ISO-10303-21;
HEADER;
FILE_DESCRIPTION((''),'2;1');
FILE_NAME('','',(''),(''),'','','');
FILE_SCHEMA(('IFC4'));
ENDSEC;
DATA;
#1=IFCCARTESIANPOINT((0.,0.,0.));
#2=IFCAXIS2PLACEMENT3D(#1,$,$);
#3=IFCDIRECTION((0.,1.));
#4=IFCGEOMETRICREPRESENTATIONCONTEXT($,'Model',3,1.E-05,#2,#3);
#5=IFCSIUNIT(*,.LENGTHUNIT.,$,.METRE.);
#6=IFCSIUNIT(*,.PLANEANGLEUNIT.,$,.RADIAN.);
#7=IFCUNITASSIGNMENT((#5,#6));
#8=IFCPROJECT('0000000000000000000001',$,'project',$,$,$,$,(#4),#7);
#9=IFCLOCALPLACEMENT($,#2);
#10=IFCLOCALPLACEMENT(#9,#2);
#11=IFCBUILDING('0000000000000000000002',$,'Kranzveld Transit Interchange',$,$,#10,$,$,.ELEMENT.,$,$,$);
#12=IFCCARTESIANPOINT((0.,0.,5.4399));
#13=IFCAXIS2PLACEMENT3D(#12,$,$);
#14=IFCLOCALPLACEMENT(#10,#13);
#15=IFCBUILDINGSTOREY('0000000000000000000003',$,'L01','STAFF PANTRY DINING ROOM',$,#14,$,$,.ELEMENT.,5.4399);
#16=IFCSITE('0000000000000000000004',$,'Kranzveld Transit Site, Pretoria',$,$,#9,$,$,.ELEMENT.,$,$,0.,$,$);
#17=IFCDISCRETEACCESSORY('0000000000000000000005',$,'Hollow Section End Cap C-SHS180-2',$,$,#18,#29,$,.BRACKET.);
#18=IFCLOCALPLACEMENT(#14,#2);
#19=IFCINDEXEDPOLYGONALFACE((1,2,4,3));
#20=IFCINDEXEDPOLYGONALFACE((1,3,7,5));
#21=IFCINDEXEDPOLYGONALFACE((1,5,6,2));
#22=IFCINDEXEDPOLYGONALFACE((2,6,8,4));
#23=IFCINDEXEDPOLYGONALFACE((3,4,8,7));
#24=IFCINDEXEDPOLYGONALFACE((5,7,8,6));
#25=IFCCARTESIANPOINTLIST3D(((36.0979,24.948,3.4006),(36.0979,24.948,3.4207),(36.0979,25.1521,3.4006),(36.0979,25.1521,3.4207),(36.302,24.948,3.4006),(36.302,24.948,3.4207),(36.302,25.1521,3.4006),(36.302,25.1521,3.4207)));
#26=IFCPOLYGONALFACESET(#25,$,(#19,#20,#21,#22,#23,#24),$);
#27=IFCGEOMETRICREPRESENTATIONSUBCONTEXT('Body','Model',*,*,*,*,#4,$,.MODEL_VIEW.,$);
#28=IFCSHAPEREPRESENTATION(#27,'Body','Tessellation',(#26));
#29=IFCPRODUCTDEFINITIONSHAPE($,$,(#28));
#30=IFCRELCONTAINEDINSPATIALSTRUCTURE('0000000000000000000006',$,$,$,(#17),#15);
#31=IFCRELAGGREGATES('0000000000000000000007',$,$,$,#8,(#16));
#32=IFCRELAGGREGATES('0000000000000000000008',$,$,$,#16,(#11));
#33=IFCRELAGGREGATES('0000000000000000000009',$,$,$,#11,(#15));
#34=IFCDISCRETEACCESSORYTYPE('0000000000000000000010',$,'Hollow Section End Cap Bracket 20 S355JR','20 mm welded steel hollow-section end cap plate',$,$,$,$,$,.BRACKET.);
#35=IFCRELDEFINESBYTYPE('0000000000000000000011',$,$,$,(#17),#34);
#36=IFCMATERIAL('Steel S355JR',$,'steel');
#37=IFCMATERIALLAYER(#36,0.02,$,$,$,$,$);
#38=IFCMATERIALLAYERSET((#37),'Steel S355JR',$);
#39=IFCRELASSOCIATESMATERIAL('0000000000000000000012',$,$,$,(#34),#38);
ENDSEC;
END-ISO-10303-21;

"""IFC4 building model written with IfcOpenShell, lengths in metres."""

from ifc_helpers import new_model, si_unit, direction, frame, origin, origin_2d, place, context, subcontext, project, spatial, rectangle, extrude, material, layer, layer_set, type_object, element, save


model = new_model("IFC4")

# Units and contexts
model_context = context("Model", 3, precision=1e-05, world=origin(), true_north=direction((0.0, 1.0)))
body_context = subcontext(model_context, "Body", "Model", "MODEL_VIEW")
ifc_project = project(units=[si_unit("LENGTHUNIT", "METRE"), si_unit("PLANEANGLEUNIT", "RADIAN")], contexts=[model_context])

# Site, building, storey
site_placement = place(None, origin())
site = spatial("IfcSite", under=ifc_project, at=site_placement, Name="Kranzveld Transit Site, Pretoria", CompositionType="ELEMENT", RefElevation=0.0)
building_placement = place(site_placement, origin())
building = spatial("IfcBuilding", under=site, at=building_placement, Name="Kranzveld Transit Interchange", CompositionType="ELEMENT")
storey_placement = place(building_placement, frame((0.0, 0.0, 5.4399)))
storey = spatial("IfcBuildingStorey", under=building, at=storey_placement, Name="L01", Description="STAFF PANTRY DINING ROOM", CompositionType="ELEMENT", Elevation=5.4399)

# Discrete accessory
ifc_material_1 = material(Name="Steel S355JR", Category="steel")
ifc_layer_1 = layer(ifc_material_1, 0.02)
ifc_layer_set_1 = layer_set([ifc_layer_1], Name="Steel S355JR")
discrete_accessory_type = type_object("IfcDiscreteAccessoryType", Name="Hollow Section End Cap Bracket 20 S355JR", Description="20 mm welded steel hollow-section end cap plate", PredefinedType="BRACKET", material=ifc_layer_set_1)
for number, where, z_axis, x_axis, name in (
    (1, (36.2, 25.05, 3.4006), (0.0, 0.0, 1.0), (1.0, 0.0, 0.0), "Hollow Section End Cap C-SHS180-2"),
):
    element("IfcDiscreteAccessory", number, at=place(storey_placement, frame(where, z_axis=z_axis, x_axis=x_axis)), inside=storey, type_object=discrete_accessory_type, Name=name, PredefinedType="BRACKET", context=body_context, shape_type="SweptSolid", body=[
        extrude(rectangle(XDim=0.2041, YDim=0.2041, at=origin_2d()), origin(), (0.0, 0.0, 1.0), 0.02),
    ])

save(model, "model.ifc")
